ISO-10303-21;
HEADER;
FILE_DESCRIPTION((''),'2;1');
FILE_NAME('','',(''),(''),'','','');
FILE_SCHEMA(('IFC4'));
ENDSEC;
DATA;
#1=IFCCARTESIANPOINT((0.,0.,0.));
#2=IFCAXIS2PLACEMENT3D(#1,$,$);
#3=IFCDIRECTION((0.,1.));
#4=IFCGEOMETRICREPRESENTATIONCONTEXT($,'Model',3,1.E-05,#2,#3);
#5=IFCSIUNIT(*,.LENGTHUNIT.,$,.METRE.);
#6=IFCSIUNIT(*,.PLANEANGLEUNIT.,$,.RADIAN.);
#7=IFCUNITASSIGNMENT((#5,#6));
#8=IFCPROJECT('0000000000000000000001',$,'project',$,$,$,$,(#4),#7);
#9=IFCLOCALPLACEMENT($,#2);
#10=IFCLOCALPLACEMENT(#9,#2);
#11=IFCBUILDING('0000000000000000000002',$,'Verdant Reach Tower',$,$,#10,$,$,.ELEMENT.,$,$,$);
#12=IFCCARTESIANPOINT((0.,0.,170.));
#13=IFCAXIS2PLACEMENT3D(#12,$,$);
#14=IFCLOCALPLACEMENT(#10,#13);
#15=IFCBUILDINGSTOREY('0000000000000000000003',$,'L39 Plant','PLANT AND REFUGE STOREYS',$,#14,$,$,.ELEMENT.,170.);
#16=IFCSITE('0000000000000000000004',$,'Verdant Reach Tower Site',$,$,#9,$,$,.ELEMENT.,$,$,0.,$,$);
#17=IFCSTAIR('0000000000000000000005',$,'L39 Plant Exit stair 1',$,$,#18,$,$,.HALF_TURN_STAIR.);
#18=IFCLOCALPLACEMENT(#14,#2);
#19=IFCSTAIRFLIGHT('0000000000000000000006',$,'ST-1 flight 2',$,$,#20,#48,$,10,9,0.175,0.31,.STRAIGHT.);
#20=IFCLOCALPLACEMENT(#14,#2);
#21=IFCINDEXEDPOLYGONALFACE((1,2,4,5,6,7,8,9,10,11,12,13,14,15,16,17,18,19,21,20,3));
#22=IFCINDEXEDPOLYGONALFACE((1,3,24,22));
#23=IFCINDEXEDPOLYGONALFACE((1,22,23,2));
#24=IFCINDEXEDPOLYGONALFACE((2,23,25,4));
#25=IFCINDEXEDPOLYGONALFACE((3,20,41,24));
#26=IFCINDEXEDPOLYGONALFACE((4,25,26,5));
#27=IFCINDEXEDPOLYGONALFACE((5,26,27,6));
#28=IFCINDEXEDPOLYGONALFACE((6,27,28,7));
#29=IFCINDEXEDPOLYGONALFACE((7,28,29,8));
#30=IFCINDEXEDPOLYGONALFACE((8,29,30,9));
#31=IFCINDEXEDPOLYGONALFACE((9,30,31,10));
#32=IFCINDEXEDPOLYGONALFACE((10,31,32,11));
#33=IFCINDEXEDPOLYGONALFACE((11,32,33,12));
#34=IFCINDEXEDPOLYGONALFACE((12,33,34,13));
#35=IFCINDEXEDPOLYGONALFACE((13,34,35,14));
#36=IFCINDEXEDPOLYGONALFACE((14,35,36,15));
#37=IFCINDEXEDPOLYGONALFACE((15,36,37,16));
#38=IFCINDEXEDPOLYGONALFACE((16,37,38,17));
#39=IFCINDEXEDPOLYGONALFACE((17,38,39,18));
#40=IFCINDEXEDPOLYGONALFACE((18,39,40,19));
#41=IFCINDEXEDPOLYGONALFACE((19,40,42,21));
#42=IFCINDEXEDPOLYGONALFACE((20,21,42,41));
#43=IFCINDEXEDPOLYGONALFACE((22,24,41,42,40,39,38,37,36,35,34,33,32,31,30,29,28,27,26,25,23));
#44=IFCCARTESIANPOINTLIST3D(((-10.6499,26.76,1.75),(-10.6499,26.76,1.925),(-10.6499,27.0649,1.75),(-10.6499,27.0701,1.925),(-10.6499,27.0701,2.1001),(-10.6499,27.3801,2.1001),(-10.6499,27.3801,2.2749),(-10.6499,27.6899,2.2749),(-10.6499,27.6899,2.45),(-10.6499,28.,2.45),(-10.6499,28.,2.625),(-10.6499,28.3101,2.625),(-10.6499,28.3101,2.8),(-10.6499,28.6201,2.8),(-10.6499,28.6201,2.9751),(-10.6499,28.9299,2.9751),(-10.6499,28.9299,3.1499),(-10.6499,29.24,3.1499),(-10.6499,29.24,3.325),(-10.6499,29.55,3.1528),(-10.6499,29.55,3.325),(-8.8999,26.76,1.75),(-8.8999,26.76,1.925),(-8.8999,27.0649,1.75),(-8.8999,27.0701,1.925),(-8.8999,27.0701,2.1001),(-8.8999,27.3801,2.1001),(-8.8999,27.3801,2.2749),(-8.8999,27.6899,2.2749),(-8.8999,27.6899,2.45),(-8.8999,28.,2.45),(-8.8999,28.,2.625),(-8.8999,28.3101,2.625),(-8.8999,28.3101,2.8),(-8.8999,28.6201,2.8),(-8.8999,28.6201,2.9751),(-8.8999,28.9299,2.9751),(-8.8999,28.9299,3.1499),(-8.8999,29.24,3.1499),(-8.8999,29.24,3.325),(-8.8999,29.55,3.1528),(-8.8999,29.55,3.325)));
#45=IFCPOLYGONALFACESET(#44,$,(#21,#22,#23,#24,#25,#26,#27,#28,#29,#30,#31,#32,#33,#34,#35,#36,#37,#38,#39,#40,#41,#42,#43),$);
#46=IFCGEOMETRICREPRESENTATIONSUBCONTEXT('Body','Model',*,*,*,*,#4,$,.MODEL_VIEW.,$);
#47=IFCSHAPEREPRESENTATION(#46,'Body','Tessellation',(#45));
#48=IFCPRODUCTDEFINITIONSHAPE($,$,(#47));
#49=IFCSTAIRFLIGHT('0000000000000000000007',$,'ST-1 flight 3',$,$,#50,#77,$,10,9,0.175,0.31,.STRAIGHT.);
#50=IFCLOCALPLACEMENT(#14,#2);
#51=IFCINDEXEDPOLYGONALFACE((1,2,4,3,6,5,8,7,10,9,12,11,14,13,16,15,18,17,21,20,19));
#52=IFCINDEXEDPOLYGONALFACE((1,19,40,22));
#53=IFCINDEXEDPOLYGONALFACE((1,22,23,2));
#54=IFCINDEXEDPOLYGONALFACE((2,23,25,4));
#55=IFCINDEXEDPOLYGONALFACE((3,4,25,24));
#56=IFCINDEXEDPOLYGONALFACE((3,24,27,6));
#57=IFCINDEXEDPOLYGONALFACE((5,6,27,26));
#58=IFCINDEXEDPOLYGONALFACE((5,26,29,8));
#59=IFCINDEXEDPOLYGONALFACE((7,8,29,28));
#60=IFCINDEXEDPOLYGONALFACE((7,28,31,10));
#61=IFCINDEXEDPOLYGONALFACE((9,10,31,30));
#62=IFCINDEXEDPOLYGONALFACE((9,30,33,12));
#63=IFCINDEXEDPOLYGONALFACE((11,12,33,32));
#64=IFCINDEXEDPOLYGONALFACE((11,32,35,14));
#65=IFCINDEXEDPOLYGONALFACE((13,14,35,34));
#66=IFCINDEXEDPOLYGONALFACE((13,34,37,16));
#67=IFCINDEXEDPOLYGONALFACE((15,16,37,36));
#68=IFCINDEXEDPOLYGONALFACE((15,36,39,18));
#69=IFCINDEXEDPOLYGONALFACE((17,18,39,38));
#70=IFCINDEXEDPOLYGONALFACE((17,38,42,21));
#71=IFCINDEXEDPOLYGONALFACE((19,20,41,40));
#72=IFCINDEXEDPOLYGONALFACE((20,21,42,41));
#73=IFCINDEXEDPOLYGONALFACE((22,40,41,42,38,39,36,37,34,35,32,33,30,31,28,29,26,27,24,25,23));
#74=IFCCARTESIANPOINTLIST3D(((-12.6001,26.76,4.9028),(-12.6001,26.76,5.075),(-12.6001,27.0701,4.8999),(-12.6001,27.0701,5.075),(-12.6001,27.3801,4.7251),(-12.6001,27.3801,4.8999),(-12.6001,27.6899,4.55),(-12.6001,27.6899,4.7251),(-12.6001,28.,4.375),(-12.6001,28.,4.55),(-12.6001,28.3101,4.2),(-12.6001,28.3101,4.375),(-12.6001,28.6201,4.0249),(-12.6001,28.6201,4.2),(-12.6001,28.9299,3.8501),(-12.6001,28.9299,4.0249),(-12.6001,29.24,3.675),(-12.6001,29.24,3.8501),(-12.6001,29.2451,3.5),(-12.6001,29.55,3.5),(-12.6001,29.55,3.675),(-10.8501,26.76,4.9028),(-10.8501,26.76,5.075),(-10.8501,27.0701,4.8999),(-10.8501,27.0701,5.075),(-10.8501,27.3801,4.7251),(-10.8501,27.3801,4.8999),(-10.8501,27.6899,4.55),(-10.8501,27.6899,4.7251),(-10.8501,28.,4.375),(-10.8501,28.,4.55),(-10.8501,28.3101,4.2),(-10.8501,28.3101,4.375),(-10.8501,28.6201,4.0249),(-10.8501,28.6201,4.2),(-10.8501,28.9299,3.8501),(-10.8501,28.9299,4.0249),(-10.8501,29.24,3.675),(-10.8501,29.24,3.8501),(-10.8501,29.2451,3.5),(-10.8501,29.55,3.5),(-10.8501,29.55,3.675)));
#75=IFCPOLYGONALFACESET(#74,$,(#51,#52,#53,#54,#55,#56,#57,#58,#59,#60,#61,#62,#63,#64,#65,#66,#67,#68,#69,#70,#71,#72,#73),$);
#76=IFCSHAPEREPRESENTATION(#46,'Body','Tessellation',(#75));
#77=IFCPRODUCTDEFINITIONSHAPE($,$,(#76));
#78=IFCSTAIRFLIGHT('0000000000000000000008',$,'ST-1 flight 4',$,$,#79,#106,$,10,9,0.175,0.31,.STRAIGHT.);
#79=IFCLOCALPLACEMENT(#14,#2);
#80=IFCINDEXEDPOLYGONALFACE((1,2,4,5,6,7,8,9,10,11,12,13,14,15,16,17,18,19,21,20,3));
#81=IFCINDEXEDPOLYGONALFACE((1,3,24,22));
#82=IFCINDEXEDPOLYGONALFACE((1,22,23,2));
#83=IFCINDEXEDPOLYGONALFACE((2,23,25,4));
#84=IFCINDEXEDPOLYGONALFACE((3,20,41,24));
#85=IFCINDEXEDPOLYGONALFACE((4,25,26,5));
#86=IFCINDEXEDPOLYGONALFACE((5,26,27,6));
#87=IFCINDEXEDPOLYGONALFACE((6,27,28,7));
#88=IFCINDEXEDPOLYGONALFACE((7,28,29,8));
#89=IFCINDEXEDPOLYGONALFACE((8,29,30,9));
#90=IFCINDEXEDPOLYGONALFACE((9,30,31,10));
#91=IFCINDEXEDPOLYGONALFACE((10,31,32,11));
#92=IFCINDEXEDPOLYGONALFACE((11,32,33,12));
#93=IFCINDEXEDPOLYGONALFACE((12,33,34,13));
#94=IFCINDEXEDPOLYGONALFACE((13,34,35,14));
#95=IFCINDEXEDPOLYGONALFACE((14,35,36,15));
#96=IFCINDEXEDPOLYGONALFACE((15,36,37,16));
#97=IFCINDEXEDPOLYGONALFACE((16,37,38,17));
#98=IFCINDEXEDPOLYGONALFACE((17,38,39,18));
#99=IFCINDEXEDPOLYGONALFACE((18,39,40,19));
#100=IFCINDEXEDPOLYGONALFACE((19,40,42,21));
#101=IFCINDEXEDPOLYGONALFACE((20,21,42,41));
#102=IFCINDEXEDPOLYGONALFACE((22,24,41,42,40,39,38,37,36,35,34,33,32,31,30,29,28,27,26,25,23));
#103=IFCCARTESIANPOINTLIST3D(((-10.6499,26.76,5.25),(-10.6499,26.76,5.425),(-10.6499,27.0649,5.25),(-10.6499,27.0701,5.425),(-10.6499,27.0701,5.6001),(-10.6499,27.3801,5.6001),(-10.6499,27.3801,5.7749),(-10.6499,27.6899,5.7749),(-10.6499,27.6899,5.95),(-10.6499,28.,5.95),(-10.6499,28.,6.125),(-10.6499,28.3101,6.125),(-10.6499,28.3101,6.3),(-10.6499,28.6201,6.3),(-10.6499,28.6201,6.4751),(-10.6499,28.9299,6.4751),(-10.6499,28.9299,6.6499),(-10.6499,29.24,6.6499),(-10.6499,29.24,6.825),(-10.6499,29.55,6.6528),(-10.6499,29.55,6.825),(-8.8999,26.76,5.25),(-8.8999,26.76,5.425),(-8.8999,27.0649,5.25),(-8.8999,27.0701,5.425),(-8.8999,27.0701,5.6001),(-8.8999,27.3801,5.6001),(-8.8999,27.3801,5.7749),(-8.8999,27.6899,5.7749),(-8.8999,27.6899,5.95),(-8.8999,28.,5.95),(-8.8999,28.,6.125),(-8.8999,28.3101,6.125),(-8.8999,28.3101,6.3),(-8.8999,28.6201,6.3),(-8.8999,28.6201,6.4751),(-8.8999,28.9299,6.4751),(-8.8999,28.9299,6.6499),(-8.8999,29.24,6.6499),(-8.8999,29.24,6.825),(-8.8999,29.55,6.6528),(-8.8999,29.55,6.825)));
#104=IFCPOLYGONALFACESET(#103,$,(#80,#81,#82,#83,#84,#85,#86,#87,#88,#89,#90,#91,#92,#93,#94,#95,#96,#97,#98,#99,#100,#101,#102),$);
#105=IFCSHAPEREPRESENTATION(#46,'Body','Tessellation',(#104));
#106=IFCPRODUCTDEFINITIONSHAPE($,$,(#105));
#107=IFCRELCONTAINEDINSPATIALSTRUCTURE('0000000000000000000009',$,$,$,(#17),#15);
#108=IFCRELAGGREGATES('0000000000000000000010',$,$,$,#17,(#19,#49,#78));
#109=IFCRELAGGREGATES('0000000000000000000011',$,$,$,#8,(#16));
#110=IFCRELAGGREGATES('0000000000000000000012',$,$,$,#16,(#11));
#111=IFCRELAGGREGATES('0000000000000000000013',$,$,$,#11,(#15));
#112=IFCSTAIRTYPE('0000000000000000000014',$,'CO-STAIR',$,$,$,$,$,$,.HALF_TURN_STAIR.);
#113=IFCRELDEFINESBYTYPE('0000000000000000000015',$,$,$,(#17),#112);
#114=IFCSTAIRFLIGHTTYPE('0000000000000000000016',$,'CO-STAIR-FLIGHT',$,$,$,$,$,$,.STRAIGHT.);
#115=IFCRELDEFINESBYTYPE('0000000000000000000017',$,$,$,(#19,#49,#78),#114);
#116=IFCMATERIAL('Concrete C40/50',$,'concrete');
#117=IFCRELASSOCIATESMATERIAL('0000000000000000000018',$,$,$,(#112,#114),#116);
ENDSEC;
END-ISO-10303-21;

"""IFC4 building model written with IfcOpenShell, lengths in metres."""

from ifc_helpers import new_model, si_unit, direction, frame, origin, place, context, subcontext, project, spatial, polyline, outline, extrude, material, type_object, element, aggregate, save


model = new_model("IFC4")

# Units and contexts
model_context = context("Model", 3, precision=1e-05, world=origin(), true_north=direction((0.0, 1.0)))
body_context = subcontext(model_context, "Body", "Model", "MODEL_VIEW")
ifc_project = project(units=[si_unit("LENGTHUNIT", "METRE"), si_unit("PLANEANGLEUNIT", "RADIAN")], contexts=[model_context])

# Site, building, storey
site_placement = place(None, origin())
site = spatial("IfcSite", under=ifc_project, at=site_placement, Name="Verdant Reach Tower Site", CompositionType="ELEMENT", RefElevation=0.0)
building_placement = place(site_placement, origin())
building = spatial("IfcBuilding", under=site, at=building_placement, Name="Verdant Reach Tower", CompositionType="ELEMENT")
storey_placement = place(building_placement, frame((0.0, 0.0, 170.0)))
storey = spatial("IfcBuildingStorey", under=building, at=storey_placement, Name="L39 Plant", Description="PLANT AND REFUGE STOREYS", CompositionType="ELEMENT", Elevation=170.0)

# Shared definitions
ifc_material_1 = material(Name="Concrete C40/50", Category="concrete")

# Stair, stair flights
stair_type = type_object("IfcStairType", Name="CO-STAIR", PredefinedType="HALF_TURN_STAIR", material=ifc_material_1)
stair_placement = place(storey_placement, origin())
stair = element("IfcStair", 1, at=stair_placement, inside=storey, type_object=stair_type, Name="L39 Plant Exit stair 1", PredefinedType="HALF_TURN_STAIR")
stair_flight_type = type_object("IfcStairFlightType", Name="CO-STAIR-FLIGHT", PredefinedType="STRAIGHT", material=ifc_material_1)
stair_flight_1_placement = place(storey_placement, frame((-9.7749, 26.76, 1.75), z_axis=(0.0, 0.0, 1.0), x_axis=(0.0, 1.0, 0.0)))
stair_flight_1 = element("IfcStairFlight", 2, at=stair_flight_1_placement, type_object=stair_flight_type, Name="ST-1 flight 2", NumberOfRisers=10, NumberOfTreads=9, PredefinedType="STRAIGHT", RiserHeight=0.175, TreadLength=0.31, context=body_context, shape_type="SweptSolid", body=[
    extrude(outline(polyline([(0.0, 0.0), (0.0, 0.175), (0.3101, 0.175), (0.3101, 0.3501), (0.6201, 0.3501), (0.6201, 0.5249), (0.9299, 0.5249), (0.9299, 0.7), (1.24, 0.7), (1.24, 0.875), (1.55, 0.875), (1.55, 1.05), (1.8601, 1.05), (1.8601, 1.2251), (2.1699, 1.2251), (2.1699, 1.3999), (2.48, 1.3999), (2.48, 1.575), (2.79, 1.575), (2.79, 1.75), (2.79, 1.4028), (0.3049, 0.0), (0.0, 0.0)])), frame((0.0, 0.875, 0.0), z_axis=(0.0, -1.0, 0.0), x_axis=(1.0, 0.0, 0.0)), (0.0, 0.0, 1.0), 1.75),
])
stair_flight_2_placement = place(storey_placement, frame((-11.7251, 29.55, 3.5), z_axis=(0.0, 0.0, 1.0), x_axis=(0.0, -1.0, 0.0)))
stair_flight_2 = element("IfcStairFlight", 3, at=stair_flight_2_placement, type_object=stair_flight_type, Name="ST-1 flight 3", NumberOfRisers=10, NumberOfTreads=9, PredefinedType="STRAIGHT", RiserHeight=0.175, TreadLength=0.31, context=body_context, shape_type="SweptSolid", body=[
    extrude(outline(polyline([(0.0, 0.0), (0.0, 0.175), (0.3101, 0.175), (0.3101, 0.3501), (0.6201, 0.3501), (0.6201, 0.5249), (0.9299, 0.5249), (0.9299, 0.7), (1.24, 0.7), (1.24, 0.875), (1.55, 0.875), (1.55, 1.05), (1.8601, 1.05), (1.8601, 1.2251), (2.1699, 1.2251), (2.1699, 1.3999), (2.48, 1.3999), (2.48, 1.575), (2.79, 1.575), (2.79, 1.75), (2.79, 1.4028), (0.3049, 0.0), (0.0, 0.0)])), frame((0.0, 0.875, 0.0), z_axis=(0.0, -1.0, 0.0), x_axis=(1.0, 0.0, 0.0)), (0.0, 0.0, 1.0), 1.75),
])
stair_flight_3_placement = place(storey_placement, frame((-9.7749, 26.76, 5.25), z_axis=(0.0, 0.0, 1.0), x_axis=(0.0, 1.0, 0.0)))
stair_flight_3 = element("IfcStairFlight", 4, at=stair_flight_3_placement, type_object=stair_flight_type, Name="ST-1 flight 4", NumberOfRisers=10, NumberOfTreads=9, PredefinedType="STRAIGHT", RiserHeight=0.175, TreadLength=0.31, context=body_context, shape_type="SweptSolid", body=[
    extrude(outline(polyline([(0.0, 0.0), (0.0, 0.175), (0.3101, 0.175), (0.3101, 0.3501), (0.6201, 0.3501), (0.6201, 0.5249), (0.9299, 0.5249), (0.9299, 0.7), (1.24, 0.7), (1.24, 0.875), (1.55, 0.875), (1.55, 1.05), (1.8601, 1.05), (1.8601, 1.2251), (2.1699, 1.2251), (2.1699, 1.3999), (2.48, 1.3999), (2.48, 1.575), (2.79, 1.575), (2.79, 1.75), (2.79, 1.4028), (0.3049, 0.0), (0.0, 0.0)])), frame((0.0, 0.875, 0.0), z_axis=(0.0, -1.0, 0.0), x_axis=(1.0, 0.0, 0.0)), (0.0, 0.0, 1.0), 1.75),
])
aggregate(stair, [stair_flight_1, stair_flight_2, stair_flight_3])

save(model, "model.ifc")
